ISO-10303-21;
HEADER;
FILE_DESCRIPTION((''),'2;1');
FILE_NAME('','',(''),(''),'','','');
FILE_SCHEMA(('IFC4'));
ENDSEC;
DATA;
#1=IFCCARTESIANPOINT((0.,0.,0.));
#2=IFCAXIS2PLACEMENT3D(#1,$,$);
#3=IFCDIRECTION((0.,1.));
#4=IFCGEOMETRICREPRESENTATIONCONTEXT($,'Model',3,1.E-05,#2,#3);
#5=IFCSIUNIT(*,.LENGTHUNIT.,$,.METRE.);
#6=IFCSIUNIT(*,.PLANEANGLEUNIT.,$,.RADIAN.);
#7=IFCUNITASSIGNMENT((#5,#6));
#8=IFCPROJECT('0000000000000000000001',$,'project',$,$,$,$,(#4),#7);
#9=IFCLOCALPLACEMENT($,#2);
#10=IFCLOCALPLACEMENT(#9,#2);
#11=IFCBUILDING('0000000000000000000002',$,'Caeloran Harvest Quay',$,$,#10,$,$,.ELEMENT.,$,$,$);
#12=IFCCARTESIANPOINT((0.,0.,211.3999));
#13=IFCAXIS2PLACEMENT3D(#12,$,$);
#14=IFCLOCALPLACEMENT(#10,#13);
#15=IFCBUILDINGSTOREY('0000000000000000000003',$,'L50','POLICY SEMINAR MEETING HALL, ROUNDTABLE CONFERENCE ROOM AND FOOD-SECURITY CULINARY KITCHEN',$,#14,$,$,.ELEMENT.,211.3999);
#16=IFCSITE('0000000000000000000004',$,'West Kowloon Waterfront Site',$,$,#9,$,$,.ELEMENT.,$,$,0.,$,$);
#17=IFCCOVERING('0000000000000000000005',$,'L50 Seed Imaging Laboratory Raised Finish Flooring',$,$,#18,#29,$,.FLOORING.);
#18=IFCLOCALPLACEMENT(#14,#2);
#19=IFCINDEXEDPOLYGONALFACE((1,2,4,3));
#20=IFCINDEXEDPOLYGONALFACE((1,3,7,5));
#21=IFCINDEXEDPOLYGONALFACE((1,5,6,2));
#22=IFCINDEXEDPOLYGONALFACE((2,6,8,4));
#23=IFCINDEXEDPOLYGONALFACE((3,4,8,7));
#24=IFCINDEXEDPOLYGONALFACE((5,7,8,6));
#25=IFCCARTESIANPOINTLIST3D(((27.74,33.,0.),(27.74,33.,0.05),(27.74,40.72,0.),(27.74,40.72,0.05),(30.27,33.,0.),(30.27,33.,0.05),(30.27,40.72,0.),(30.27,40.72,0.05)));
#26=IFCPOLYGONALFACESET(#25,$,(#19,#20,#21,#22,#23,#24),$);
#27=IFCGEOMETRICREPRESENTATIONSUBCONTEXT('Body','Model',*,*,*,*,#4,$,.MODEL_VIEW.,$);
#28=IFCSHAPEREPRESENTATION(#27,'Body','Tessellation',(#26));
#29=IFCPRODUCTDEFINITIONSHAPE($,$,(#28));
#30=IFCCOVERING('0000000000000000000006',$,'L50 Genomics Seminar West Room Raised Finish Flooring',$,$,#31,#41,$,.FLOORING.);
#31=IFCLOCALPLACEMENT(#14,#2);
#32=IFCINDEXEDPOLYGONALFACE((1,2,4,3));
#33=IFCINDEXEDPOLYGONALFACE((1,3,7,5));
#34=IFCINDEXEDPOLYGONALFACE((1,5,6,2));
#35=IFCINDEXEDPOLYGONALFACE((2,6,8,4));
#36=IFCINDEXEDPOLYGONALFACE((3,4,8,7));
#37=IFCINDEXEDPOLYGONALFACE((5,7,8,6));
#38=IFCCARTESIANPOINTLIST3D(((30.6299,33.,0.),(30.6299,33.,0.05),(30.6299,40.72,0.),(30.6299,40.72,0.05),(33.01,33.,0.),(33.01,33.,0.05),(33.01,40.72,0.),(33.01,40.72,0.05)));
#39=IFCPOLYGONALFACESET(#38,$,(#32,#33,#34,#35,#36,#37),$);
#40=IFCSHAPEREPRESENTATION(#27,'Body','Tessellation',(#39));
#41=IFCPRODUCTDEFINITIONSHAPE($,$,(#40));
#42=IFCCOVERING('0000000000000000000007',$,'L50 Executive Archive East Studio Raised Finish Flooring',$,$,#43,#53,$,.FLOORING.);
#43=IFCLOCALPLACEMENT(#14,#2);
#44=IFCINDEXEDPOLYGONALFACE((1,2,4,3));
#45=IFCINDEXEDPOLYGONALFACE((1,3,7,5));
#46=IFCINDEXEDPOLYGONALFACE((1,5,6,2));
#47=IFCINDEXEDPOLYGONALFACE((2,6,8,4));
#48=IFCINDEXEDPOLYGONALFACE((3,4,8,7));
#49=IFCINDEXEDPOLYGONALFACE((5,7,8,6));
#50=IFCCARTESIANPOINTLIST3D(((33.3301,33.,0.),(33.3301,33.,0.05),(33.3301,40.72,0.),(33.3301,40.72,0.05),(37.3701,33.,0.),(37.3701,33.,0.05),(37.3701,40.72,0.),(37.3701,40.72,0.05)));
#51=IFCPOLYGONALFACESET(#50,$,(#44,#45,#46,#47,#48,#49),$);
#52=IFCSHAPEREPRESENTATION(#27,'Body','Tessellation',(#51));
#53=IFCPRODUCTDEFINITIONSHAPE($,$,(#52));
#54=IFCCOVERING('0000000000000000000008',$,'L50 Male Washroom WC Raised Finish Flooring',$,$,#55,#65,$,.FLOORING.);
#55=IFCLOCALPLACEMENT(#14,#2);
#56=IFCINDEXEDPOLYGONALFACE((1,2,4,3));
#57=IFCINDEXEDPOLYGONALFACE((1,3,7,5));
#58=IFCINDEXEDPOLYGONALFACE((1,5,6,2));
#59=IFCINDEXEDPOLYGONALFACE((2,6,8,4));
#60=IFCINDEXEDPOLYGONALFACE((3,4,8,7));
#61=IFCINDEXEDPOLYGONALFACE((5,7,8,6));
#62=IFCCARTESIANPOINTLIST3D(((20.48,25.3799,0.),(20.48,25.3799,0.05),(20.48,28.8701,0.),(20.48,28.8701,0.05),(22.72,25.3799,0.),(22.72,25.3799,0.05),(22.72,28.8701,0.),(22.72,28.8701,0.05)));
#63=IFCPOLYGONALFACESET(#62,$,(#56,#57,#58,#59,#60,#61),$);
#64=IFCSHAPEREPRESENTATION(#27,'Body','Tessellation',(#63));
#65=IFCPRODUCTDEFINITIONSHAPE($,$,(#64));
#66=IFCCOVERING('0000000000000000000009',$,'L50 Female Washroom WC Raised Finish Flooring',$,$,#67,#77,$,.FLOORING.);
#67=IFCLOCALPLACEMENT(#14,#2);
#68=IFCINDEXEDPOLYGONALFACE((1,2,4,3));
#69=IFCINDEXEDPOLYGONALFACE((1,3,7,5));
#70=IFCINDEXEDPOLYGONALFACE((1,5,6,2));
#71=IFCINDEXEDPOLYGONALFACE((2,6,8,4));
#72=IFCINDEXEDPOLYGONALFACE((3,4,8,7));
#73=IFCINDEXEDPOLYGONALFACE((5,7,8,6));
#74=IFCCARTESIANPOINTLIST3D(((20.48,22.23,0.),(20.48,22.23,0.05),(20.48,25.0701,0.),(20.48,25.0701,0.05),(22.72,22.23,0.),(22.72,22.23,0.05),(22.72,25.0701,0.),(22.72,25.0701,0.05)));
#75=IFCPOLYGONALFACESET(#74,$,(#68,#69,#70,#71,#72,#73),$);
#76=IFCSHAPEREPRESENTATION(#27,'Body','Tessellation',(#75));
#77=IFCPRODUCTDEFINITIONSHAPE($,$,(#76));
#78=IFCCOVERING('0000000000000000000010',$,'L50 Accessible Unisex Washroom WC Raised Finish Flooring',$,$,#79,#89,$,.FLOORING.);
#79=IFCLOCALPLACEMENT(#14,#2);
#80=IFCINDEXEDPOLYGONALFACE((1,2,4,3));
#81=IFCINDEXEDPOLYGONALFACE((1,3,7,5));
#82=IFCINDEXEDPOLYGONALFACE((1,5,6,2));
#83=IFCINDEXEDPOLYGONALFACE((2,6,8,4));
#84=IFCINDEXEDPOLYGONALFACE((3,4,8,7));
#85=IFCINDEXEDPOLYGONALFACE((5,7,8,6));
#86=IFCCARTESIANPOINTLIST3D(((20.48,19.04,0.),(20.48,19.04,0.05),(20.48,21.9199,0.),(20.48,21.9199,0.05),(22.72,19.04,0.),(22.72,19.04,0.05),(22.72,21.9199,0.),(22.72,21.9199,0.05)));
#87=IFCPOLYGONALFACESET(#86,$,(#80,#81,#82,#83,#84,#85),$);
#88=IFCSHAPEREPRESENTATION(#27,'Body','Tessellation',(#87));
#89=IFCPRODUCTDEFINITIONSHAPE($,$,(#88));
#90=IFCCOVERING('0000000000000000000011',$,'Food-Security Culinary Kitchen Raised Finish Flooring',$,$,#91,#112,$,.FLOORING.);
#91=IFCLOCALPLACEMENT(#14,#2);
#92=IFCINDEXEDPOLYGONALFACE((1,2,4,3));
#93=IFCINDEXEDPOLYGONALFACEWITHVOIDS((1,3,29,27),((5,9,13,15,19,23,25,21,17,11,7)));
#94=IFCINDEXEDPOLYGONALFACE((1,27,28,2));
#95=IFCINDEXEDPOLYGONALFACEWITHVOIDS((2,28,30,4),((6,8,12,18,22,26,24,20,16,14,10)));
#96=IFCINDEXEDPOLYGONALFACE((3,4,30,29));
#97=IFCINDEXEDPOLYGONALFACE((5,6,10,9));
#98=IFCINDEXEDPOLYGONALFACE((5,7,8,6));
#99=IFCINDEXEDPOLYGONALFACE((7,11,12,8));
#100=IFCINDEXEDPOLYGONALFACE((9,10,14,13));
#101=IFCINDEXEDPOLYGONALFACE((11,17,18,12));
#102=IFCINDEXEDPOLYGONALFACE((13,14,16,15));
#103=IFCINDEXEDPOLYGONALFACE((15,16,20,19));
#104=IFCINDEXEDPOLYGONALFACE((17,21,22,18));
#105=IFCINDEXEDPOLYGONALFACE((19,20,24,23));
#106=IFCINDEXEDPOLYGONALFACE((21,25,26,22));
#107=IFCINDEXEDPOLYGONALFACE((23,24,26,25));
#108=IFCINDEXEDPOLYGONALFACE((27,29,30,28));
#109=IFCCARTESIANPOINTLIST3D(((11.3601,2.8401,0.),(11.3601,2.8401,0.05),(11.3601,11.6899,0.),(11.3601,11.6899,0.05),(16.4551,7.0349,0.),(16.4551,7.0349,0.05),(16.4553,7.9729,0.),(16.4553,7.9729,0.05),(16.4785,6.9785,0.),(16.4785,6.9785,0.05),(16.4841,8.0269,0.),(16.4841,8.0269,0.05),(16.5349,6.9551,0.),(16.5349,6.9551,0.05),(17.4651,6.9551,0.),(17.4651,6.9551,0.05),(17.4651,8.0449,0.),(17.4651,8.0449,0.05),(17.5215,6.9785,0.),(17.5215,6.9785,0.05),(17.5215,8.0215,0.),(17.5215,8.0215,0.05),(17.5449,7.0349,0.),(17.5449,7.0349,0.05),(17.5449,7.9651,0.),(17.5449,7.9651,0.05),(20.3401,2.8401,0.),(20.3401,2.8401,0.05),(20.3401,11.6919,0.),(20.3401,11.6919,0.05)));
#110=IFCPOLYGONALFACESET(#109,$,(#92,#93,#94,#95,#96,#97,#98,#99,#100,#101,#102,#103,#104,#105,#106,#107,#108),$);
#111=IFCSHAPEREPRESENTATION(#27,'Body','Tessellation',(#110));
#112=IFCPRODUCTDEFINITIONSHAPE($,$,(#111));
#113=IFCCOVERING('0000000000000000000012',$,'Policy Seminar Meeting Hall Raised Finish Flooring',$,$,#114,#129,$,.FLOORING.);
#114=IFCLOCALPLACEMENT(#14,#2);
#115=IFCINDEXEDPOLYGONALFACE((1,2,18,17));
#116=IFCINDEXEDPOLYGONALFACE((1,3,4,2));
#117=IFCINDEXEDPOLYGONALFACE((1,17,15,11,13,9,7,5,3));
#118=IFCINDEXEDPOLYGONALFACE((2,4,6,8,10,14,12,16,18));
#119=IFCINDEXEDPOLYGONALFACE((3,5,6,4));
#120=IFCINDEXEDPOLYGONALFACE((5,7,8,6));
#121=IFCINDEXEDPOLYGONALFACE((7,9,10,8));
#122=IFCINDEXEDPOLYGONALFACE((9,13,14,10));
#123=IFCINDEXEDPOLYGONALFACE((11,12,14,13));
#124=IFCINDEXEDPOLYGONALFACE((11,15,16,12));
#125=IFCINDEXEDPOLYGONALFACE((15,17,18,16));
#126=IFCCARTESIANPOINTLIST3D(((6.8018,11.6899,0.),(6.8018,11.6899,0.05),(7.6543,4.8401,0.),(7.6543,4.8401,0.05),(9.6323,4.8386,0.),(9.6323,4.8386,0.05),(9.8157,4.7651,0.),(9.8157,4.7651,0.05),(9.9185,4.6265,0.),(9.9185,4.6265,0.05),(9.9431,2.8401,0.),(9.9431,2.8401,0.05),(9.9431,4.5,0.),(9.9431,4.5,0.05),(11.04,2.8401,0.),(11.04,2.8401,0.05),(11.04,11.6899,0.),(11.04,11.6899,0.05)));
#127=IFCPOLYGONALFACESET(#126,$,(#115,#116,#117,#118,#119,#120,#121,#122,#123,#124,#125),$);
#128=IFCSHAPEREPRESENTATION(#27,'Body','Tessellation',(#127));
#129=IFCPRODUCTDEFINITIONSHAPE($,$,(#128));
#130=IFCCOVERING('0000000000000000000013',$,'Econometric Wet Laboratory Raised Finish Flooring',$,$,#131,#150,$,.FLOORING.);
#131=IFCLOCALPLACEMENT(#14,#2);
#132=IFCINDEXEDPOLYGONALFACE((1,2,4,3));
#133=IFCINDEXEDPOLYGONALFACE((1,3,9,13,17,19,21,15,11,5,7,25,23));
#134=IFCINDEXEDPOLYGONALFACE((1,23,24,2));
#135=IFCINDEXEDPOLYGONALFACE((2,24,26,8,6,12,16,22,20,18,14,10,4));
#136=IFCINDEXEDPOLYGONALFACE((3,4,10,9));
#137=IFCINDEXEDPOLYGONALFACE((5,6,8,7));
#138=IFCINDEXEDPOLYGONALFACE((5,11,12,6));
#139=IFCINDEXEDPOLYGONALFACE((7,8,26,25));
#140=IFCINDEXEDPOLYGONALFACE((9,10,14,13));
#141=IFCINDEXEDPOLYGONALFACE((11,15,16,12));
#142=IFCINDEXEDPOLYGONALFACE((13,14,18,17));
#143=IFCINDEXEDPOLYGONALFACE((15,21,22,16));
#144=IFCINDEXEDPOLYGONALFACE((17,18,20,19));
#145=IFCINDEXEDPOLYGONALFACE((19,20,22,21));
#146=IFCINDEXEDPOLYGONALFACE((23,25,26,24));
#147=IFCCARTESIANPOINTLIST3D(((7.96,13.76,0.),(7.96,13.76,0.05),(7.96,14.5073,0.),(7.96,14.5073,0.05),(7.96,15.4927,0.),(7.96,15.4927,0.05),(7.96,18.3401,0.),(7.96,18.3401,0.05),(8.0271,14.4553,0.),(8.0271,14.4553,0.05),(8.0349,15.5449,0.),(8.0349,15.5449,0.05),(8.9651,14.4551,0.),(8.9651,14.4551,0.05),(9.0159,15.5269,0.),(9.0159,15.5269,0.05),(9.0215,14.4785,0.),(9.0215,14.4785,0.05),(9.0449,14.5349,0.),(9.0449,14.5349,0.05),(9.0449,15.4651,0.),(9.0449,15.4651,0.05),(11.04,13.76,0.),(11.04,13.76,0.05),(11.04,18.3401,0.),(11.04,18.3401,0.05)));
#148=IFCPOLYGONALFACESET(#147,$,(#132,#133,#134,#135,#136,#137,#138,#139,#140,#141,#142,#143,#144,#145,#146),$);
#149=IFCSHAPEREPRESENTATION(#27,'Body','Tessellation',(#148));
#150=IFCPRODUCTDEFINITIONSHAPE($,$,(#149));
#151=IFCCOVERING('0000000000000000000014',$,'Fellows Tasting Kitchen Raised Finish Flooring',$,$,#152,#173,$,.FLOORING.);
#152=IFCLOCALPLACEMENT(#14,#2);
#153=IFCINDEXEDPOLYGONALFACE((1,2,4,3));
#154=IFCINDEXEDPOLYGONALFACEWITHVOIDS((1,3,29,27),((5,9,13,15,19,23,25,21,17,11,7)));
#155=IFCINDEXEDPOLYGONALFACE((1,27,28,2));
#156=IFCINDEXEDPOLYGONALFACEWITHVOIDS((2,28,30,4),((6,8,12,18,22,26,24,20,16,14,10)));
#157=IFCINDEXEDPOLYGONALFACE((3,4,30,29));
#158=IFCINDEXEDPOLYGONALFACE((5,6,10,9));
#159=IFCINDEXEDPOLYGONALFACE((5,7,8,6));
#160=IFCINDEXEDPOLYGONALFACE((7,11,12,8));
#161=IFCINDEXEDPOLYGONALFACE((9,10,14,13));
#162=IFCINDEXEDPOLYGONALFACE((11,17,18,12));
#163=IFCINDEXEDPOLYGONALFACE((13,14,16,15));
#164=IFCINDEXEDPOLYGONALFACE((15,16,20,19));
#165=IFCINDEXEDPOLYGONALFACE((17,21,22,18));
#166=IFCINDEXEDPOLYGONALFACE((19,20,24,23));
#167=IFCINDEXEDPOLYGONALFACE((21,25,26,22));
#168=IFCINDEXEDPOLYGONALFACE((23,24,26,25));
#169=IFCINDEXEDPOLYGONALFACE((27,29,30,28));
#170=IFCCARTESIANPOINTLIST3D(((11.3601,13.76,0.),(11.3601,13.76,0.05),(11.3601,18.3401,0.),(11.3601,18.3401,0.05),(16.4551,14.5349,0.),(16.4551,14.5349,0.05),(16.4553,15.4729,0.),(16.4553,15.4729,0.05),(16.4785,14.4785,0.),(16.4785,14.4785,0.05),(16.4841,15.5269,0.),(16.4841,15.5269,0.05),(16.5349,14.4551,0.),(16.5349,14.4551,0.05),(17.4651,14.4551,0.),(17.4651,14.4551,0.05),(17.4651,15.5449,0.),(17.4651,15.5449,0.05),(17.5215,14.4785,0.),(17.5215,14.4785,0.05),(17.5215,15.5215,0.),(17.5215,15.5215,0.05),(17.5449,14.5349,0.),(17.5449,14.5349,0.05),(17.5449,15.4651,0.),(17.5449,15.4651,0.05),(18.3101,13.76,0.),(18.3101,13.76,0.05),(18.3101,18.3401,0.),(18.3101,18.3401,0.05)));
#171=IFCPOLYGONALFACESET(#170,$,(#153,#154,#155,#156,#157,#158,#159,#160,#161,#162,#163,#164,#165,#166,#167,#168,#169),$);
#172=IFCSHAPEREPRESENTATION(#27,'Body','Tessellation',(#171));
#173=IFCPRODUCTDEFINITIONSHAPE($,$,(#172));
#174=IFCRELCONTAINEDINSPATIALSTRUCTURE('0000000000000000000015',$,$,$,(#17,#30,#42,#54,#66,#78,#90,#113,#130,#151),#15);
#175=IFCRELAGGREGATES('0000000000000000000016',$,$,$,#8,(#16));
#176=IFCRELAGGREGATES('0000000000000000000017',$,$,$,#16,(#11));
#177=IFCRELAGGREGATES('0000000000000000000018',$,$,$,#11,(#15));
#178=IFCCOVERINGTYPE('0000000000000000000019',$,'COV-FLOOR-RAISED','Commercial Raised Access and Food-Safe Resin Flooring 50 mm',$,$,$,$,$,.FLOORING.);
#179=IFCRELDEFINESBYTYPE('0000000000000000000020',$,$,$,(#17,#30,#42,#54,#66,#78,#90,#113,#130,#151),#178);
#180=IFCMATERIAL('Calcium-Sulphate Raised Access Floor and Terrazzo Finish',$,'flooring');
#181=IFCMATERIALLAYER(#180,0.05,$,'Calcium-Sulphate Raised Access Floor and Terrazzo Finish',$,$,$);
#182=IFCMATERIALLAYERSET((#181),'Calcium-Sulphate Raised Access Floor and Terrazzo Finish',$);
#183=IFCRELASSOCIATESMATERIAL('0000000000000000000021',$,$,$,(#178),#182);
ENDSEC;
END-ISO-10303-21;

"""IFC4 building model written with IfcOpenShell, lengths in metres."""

from ifc_helpers import new_model, si_unit, direction, frame, origin, place, context, subcontext, project, spatial, polyline, outline, extrude, material, layer, layer_set, type_object, element, save


model = new_model("IFC4")

# Units and contexts
model_context = context("Model", 3, precision=1e-05, world=origin(), true_north=direction((0.0, 1.0)))
body_context = subcontext(model_context, "Body", "Model", "MODEL_VIEW")
ifc_project = project(units=[si_unit("LENGTHUNIT", "METRE"), si_unit("PLANEANGLEUNIT", "RADIAN")], contexts=[model_context])

# Site, building, storey
site_placement = place(None, origin())
site = spatial("IfcSite", under=ifc_project, at=site_placement, Name="West Kowloon Waterfront Site", CompositionType="ELEMENT", RefElevation=0.0)
building_placement = place(site_placement, origin())
building = spatial("IfcBuilding", under=site, at=building_placement, Name="Caeloran Harvest Quay", CompositionType="ELEMENT")
storey_placement = place(building_placement, frame((0.0, 0.0, 211.3999)))
storey = spatial("IfcBuildingStorey", under=building, at=storey_placement, Name="L50", Description="POLICY SEMINAR MEETING HALL, ROUNDTABLE CONFERENCE ROOM AND FOOD-SECURITY CULINARY KITCHEN", CompositionType="ELEMENT", Elevation=211.3999)

# Coverings
ifc_material_1 = material(Name="Calcium-Sulphate Raised Access Floor and Terrazzo Finish", Category="flooring")
ifc_layer_1 = layer(ifc_material_1, 0.05, Name="Calcium-Sulphate Raised Access Floor and Terrazzo Finish")
ifc_layer_set_1 = layer_set([ifc_layer_1], Name="Calcium-Sulphate Raised Access Floor and Terrazzo Finish")
covering_type_1 = type_object("IfcCoveringType", Name="COV-FLOOR-RAISED", Description="Commercial Raised Access and Food-Safe Resin Flooring 50 mm", PredefinedType="FLOORING", material=ifc_layer_set_1)
covering_1_placement = place(storey_placement, origin())
element("IfcCovering", 1, at=covering_1_placement, inside=storey, type_object=covering_type_1, Name="L50 Seed Imaging Laboratory Raised Finish Flooring", PredefinedType="FLOORING", context=body_context, shape_type="SweptSolid", body=[
    extrude(outline(polyline([(30.27, 40.72), (30.27, 33.0), (27.74, 33.0), (27.74, 40.72), (30.27, 40.72)])), origin(), (0.0, 0.0, 1.0), 0.05),
])
covering_2_placement = place(storey_placement, origin())
element("IfcCovering", 2, at=covering_2_placement, inside=storey, type_object=covering_type_1, Name="L50 Genomics Seminar West Room Raised Finish Flooring", PredefinedType="FLOORING", context=body_context, shape_type="SweptSolid", body=[
    extrude(outline(polyline([(33.01, 40.72), (33.01, 33.0), (30.6299, 33.0), (30.6299, 40.72), (33.01, 40.72)])), origin(), (0.0, 0.0, 1.0), 0.05),
])
covering_3_placement = place(storey_placement, origin())
element("IfcCovering", 3, at=covering_3_placement, inside=storey, type_object=covering_type_1, Name="L50 Executive Archive East Studio Raised Finish Flooring", PredefinedType="FLOORING", context=body_context, shape_type="SweptSolid", body=[
    extrude(outline(polyline([(37.3701, 40.72), (37.3701, 33.0), (33.3301, 33.0), (33.3301, 40.72), (37.3701, 40.72)])), origin(), (0.0, 0.0, 1.0), 0.05),
])
covering_4_placement = place(storey_placement, origin())
element("IfcCovering", 4, at=covering_4_placement, inside=storey, type_object=covering_type_1, Name="L50 Male Washroom WC Raised Finish Flooring", PredefinedType="FLOORING", context=body_context, shape_type="SweptSolid", body=[
    extrude(outline(polyline([(22.72, 28.8701), (22.72, 25.3799), (20.48, 25.3799), (20.48, 28.8701), (22.72, 28.8701)])), origin(), (0.0, 0.0, 1.0), 0.05),
])
covering_5_placement = place(storey_placement, origin())
element("IfcCovering", 5, at=covering_5_placement, inside=storey, type_object=covering_type_1, Name="L50 Female Washroom WC Raised Finish Flooring", PredefinedType="FLOORING", context=body_context, shape_type="SweptSolid", body=[
    extrude(outline(polyline([(22.72, 25.0701), (22.72, 22.23), (20.48, 22.23), (20.48, 25.0701), (22.72, 25.0701)])), origin(), (0.0, 0.0, 1.0), 0.05),
])
covering_6_placement = place(storey_placement, origin())
element("IfcCovering", 6, at=covering_6_placement, inside=storey, type_object=covering_type_1, Name="L50 Accessible Unisex Washroom WC Raised Finish Flooring", PredefinedType="FLOORING", context=body_context, shape_type="SweptSolid", body=[
    extrude(outline(polyline([(22.72, 21.9199), (22.72, 19.04), (20.48, 19.04), (20.48, 21.9199), (22.72, 21.9199)])), origin(), (0.0, 0.0, 1.0), 0.05),
])
covering_7_placement = place(storey_placement, origin())
element("IfcCovering", 7, at=covering_7_placement, inside=storey, type_object=covering_type_1, Name="Food-Security Culinary Kitchen Raised Finish Flooring", PredefinedType="FLOORING", context=body_context, shape_type="SweptSolid", body=[
    extrude(outline(polyline([(11.3601, 2.8401), (11.3601, 11.6899), (20.3401, 11.6919), (20.3401, 2.8401), (11.3601, 2.8401)]), holes=[polyline([(17.4651, 8.0449), (16.4841, 8.0269), (16.4553, 7.9729), (16.4551, 7.0349), (16.4785, 6.9785), (16.5349, 6.9551), (17.4651, 6.9551), (17.5215, 6.9785), (17.5449, 7.0349), (17.5449, 7.9651), (17.5215, 8.0215), (17.4651, 8.0449)])]), origin(), (0.0, 0.0, 1.0), 0.05),
])
covering_8_placement = place(storey_placement, origin())
element("IfcCovering", 8, at=covering_8_placement, inside=storey, type_object=covering_type_1, Name="Policy Seminar Meeting Hall Raised Finish Flooring", PredefinedType="FLOORING", context=body_context, shape_type="SweptSolid", body=[
    extrude(outline(polyline([(9.9185, 4.6265), (9.8157, 4.7651), (9.6323, 4.8386), (7.6543, 4.8401), (6.8018, 11.6899), (11.04, 11.6899), (11.04, 2.8401), (9.9431, 2.8401), (9.9431, 4.5), (9.9185, 4.6265)])), origin(), (0.0, 0.0, 1.0), 0.05),
])
covering_9_placement = place(storey_placement, origin())
element("IfcCovering", 9, at=covering_9_placement, inside=storey, type_object=covering_type_1, Name="Econometric Wet Laboratory Raised Finish Flooring", PredefinedType="FLOORING", context=body_context, shape_type="SweptSolid", body=[
    extrude(outline(polyline([(7.96, 14.5073), (8.0271, 14.4553), (8.9651, 14.4551), (9.0215, 14.4785), (9.0449, 14.5349), (9.0449, 15.4651), (9.0159, 15.5269), (8.0349, 15.5449), (7.96, 15.4927), (7.96, 18.3401), (11.04, 18.3401), (11.04, 13.76), (7.96, 13.76), (7.96, 14.5073)])), origin(), (0.0, 0.0, 1.0), 0.05),
])
covering_10_placement = place(storey_placement, origin())
element("IfcCovering", 10, at=covering_10_placement, inside=storey, type_object=covering_type_1, Name="Fellows Tasting Kitchen Raised Finish Flooring", PredefinedType="FLOORING", context=body_context, shape_type="SweptSolid", body=[
    extrude(outline(polyline([(18.3101, 18.3401), (18.3101, 13.76), (11.3601, 13.76), (11.3601, 18.3401), (18.3101, 18.3401)]), holes=[polyline([(17.4651, 15.5449), (16.4841, 15.5269), (16.4553, 15.4729), (16.4551, 14.5349), (16.4785, 14.4785), (16.5349, 14.4551), (17.4651, 14.4551), (17.5215, 14.4785), (17.5449, 14.5349), (17.5449, 15.4651), (17.5215, 15.5215), (17.4651, 15.5449)])]), origin(), (0.0, 0.0, 1.0), 0.05),
])

save(model, "model.ifc")
